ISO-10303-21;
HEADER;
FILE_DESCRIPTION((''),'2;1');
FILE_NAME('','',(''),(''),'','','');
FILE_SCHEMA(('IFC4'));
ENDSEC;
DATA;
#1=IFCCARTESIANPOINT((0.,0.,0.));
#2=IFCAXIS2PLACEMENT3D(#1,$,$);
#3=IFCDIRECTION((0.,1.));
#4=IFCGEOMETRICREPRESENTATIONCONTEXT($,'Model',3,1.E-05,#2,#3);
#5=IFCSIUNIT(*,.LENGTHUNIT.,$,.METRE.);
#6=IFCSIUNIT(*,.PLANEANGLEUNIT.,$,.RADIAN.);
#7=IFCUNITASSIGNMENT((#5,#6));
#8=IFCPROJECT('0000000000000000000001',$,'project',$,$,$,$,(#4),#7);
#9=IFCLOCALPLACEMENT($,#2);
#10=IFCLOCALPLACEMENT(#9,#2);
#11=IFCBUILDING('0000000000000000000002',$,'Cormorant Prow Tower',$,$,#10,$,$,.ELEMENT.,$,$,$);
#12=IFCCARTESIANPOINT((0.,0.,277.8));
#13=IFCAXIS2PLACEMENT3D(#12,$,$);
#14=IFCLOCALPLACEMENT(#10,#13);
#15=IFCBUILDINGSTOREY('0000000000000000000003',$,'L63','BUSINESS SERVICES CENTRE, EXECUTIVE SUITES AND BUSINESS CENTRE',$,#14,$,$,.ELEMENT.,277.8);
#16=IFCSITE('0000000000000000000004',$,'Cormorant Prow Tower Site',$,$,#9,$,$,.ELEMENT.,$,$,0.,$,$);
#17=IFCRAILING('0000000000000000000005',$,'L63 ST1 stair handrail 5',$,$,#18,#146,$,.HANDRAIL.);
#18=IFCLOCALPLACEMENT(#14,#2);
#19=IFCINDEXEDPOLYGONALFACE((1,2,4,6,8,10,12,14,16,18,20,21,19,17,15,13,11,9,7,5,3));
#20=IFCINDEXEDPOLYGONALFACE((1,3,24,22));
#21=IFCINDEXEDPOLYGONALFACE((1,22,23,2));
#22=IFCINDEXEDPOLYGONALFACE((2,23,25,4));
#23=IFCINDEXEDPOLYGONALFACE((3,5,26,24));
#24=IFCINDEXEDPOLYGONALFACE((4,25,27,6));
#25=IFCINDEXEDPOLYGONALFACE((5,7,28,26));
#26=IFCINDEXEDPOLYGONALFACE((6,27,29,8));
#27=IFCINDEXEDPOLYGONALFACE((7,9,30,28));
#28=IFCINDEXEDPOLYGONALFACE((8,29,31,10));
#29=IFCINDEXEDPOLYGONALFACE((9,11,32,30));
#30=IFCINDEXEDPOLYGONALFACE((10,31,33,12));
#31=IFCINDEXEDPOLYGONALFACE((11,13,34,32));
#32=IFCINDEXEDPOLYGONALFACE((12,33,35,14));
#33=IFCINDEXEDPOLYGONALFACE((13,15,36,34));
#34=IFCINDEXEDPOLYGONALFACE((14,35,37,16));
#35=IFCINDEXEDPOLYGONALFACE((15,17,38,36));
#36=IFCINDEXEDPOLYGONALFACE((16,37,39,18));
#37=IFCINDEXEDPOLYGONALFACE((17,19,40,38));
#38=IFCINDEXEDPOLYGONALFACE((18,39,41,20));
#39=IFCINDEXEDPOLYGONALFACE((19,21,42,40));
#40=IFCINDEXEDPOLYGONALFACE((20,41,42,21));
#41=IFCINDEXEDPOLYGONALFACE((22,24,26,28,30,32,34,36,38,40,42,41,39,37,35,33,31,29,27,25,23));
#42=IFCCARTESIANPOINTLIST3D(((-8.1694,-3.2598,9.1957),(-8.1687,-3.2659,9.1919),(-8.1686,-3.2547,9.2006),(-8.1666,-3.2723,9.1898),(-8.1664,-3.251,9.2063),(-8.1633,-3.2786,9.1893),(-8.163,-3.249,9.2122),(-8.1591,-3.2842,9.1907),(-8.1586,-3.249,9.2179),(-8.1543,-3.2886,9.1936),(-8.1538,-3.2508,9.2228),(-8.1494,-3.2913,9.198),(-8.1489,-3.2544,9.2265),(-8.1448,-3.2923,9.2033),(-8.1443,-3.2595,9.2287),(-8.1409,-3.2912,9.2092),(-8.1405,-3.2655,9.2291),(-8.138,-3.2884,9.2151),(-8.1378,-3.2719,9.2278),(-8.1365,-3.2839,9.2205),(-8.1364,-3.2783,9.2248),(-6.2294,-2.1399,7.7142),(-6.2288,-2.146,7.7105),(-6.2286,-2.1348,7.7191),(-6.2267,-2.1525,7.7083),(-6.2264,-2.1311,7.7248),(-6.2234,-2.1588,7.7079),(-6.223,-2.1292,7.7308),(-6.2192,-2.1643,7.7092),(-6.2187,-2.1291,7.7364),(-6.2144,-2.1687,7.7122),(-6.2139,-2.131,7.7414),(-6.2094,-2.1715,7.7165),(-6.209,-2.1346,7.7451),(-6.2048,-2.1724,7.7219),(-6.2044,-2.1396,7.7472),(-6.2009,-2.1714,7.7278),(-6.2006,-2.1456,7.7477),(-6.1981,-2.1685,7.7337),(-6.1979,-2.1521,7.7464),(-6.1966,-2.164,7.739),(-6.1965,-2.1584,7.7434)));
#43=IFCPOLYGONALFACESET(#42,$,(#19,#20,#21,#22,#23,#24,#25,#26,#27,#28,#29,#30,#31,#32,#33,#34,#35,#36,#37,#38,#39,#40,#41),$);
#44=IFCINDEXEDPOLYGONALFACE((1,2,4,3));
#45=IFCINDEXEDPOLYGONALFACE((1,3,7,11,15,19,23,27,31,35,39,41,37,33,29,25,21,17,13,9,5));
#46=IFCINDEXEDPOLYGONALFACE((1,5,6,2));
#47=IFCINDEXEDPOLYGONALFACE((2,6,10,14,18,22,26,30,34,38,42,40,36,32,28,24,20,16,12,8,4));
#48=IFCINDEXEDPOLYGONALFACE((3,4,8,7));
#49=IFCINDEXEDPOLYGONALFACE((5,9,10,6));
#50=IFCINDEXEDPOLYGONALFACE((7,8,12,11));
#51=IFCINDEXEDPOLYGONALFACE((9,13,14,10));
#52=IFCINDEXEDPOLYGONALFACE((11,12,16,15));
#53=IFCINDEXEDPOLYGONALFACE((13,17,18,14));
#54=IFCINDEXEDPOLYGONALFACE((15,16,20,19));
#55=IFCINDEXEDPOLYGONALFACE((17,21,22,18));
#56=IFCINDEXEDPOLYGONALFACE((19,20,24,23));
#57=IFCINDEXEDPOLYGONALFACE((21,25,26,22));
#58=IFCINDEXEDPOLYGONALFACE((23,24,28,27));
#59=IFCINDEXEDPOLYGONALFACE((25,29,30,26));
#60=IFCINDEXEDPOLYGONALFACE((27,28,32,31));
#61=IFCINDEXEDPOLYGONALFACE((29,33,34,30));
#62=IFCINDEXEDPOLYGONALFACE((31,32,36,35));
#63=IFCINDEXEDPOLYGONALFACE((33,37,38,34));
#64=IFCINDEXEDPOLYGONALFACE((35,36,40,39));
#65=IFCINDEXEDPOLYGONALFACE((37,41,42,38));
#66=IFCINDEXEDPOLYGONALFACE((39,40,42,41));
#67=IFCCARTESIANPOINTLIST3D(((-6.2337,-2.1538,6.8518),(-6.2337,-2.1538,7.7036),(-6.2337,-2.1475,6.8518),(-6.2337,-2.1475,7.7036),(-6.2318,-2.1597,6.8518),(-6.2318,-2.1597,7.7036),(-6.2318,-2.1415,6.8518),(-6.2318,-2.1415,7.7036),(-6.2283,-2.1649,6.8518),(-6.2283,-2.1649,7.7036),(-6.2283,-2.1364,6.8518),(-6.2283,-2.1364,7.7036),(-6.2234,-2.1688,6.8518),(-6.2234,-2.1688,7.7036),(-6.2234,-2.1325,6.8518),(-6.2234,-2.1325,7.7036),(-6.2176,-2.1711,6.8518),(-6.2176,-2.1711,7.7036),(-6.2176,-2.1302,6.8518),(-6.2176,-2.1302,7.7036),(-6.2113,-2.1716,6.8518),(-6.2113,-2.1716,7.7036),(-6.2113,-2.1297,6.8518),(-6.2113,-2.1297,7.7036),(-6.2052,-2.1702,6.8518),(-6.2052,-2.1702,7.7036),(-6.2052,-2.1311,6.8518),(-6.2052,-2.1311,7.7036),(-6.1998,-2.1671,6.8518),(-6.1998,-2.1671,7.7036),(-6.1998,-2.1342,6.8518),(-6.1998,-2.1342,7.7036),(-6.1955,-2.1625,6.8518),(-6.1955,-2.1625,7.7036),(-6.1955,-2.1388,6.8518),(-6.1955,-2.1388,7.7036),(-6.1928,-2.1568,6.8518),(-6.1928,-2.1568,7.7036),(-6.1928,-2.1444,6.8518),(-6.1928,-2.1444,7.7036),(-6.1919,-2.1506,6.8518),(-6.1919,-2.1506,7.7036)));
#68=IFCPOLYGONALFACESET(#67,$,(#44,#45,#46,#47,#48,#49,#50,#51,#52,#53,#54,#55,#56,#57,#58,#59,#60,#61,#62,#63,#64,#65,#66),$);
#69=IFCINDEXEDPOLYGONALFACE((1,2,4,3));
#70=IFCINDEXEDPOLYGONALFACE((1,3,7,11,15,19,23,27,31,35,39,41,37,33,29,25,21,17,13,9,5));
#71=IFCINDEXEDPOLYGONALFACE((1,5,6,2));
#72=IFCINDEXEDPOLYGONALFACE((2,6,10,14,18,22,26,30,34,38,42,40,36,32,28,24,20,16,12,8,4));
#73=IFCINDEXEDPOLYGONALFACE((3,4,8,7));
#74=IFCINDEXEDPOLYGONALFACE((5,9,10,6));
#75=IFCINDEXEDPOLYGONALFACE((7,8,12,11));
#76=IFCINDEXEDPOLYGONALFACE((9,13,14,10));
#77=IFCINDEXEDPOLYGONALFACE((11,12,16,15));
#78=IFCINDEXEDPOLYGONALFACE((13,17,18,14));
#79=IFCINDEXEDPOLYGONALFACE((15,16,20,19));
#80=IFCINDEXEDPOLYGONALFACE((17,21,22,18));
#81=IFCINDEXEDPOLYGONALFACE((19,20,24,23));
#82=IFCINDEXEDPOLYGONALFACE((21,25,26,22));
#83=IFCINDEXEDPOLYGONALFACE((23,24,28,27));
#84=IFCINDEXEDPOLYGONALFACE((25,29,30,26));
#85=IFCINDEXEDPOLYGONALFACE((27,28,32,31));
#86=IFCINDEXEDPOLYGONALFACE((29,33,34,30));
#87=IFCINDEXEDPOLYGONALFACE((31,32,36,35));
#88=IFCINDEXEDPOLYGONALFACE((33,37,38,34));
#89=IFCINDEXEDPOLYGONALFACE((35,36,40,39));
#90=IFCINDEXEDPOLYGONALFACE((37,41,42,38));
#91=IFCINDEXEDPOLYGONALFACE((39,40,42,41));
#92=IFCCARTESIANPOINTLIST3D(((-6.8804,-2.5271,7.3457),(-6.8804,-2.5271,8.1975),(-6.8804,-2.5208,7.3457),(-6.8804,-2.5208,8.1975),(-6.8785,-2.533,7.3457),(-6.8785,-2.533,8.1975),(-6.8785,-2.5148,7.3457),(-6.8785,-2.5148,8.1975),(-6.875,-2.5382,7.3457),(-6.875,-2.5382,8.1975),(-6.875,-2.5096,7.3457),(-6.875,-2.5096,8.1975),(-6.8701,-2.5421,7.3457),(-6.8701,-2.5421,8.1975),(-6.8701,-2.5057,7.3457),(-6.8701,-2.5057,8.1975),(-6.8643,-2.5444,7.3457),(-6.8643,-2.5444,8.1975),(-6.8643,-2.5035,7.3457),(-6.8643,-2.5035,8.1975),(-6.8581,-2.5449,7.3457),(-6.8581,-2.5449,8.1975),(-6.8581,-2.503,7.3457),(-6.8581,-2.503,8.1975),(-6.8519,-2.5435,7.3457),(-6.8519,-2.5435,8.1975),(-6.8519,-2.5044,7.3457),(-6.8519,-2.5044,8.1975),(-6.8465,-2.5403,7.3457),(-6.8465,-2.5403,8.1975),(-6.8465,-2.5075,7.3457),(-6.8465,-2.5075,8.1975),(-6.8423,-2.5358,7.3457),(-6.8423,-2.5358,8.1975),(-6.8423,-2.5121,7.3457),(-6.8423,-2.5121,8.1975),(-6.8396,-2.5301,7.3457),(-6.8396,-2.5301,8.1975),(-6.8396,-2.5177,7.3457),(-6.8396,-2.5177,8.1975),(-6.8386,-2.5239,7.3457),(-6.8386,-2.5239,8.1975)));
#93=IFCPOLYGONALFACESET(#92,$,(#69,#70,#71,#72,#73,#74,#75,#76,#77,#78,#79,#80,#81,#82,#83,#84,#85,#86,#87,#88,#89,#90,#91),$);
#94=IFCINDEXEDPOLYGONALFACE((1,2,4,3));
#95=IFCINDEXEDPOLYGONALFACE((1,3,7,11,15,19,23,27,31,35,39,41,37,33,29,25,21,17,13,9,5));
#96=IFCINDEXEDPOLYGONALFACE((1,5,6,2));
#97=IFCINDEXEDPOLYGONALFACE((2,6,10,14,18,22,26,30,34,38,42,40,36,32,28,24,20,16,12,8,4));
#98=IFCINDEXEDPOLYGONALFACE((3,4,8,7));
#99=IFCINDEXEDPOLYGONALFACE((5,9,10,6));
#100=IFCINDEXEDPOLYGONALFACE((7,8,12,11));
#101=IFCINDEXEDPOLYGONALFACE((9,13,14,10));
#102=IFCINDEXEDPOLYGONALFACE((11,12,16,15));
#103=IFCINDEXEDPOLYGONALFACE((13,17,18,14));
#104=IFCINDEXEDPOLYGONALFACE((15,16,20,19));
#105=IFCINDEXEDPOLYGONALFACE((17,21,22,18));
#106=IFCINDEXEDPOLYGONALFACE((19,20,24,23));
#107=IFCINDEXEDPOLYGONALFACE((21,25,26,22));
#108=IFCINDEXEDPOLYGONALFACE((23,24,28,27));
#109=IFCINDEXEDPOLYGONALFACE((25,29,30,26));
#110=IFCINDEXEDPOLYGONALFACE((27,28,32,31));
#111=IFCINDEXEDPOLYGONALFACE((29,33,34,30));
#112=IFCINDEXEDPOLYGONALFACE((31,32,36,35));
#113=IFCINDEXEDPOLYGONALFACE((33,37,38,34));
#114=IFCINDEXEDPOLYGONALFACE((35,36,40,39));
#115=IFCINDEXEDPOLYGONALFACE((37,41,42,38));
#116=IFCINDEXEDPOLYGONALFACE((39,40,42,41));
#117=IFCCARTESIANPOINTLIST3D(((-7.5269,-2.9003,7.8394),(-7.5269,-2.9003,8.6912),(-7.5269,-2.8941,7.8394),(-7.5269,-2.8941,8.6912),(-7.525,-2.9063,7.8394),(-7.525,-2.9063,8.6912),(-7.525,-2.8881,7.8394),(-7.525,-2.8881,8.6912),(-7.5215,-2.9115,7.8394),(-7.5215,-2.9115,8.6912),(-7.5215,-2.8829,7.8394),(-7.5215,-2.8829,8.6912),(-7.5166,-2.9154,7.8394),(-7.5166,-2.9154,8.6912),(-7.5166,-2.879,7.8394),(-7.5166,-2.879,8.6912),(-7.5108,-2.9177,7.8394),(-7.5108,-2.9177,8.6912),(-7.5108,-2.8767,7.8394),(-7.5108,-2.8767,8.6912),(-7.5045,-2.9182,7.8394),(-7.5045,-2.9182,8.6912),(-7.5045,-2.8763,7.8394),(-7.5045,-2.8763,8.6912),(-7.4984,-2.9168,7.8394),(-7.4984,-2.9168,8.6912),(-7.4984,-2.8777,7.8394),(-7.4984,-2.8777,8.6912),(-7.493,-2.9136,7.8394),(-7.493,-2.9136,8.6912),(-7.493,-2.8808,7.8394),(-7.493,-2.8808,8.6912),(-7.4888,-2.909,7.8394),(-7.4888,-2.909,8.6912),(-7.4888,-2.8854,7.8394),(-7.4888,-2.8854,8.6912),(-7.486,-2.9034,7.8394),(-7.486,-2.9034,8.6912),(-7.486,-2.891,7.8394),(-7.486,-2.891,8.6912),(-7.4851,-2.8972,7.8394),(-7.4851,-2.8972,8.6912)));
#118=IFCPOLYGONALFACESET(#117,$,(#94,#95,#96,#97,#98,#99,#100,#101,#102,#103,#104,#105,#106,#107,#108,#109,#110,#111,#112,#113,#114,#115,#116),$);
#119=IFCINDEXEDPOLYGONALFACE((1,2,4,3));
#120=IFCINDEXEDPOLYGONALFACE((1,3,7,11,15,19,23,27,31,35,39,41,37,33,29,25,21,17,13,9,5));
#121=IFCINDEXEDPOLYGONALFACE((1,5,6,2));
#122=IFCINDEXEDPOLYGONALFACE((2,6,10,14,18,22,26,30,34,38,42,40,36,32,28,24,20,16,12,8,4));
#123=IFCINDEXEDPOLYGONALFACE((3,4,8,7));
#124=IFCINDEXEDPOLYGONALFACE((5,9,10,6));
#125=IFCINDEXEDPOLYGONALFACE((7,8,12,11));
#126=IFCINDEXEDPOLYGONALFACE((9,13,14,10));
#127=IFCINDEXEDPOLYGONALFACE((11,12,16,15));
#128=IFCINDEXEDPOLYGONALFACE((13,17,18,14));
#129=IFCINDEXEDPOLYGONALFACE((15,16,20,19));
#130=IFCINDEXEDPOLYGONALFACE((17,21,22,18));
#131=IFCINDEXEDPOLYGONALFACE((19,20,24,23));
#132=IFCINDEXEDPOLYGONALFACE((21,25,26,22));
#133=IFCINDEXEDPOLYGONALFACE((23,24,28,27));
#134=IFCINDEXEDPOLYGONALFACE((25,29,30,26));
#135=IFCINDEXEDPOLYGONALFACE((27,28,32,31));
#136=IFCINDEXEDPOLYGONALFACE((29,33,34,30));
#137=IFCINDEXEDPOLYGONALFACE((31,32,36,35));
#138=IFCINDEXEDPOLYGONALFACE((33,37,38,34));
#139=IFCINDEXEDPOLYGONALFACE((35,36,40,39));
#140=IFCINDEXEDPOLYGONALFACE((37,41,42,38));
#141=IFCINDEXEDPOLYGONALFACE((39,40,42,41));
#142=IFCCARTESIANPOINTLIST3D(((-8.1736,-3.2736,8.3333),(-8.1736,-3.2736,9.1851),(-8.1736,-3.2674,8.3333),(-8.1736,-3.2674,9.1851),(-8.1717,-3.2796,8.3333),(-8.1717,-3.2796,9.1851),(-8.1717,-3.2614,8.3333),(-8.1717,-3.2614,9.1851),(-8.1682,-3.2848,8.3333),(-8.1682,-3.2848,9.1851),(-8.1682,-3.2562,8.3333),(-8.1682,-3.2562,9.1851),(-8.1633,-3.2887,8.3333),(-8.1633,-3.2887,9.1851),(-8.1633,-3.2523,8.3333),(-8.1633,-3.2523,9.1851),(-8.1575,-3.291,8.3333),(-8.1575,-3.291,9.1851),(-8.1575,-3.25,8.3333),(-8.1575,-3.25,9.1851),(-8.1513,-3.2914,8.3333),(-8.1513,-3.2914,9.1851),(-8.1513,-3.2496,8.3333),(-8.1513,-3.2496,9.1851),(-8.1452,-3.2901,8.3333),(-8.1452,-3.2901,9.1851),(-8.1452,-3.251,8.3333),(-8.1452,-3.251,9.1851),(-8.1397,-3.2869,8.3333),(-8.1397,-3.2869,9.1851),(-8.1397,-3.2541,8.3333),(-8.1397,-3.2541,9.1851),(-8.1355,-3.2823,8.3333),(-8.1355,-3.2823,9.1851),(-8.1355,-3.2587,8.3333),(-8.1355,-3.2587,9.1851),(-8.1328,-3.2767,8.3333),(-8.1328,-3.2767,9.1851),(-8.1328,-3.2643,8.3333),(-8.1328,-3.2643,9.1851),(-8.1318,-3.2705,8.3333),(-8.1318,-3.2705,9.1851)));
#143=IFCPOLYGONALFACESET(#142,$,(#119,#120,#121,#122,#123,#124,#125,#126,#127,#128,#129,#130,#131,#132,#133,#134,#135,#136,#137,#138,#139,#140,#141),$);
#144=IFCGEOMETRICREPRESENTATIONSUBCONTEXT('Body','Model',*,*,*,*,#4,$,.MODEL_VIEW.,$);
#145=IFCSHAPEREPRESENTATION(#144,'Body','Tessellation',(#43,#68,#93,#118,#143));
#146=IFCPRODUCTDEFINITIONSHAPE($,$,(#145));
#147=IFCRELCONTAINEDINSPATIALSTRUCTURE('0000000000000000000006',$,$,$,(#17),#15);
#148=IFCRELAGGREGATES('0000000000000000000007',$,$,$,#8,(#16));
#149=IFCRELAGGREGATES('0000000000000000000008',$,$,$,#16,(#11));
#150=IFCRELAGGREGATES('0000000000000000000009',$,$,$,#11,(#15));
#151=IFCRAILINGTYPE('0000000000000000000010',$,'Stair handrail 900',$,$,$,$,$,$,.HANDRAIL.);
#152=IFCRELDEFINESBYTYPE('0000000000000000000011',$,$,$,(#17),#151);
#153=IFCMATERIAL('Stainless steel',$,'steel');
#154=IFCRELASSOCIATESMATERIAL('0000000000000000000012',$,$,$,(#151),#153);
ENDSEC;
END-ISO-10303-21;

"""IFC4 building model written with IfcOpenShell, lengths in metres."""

from ifc_helpers import new_model, si_unit, direction, frame, origin, origin_2d, place, context, subcontext, project, spatial, circle, extrude, material, type_object, element, save


model = new_model("IFC4")

# Units and contexts
model_context = context("Model", 3, precision=1e-05, world=origin(), true_north=direction((0.0, 1.0)))
body_context = subcontext(model_context, "Body", "Model", "MODEL_VIEW")
ifc_project = project(units=[si_unit("LENGTHUNIT", "METRE"), si_unit("PLANEANGLEUNIT", "RADIAN")], contexts=[model_context])

# Site, building, storey
site_placement = place(None, origin())
site = spatial("IfcSite", under=ifc_project, at=site_placement, Name="Cormorant Prow Tower Site", CompositionType="ELEMENT", RefElevation=0.0)
building_placement = place(site_placement, origin())
building = spatial("IfcBuilding", under=site, at=building_placement, Name="Cormorant Prow Tower", CompositionType="ELEMENT")
storey_placement = place(building_placement, frame((0.0, 0.0, 277.8)))
storey = spatial("IfcBuildingStorey", under=building, at=storey_placement, Name="L63", Description="BUSINESS SERVICES CENTRE, EXECUTIVE SUITES AND BUSINESS CENTRE", CompositionType="ELEMENT", Elevation=277.8)

# Railing
ifc_material_1 = material(Name="Stainless steel", Category="steel")
railing_type = type_object("IfcRailingType", Name="Stair handrail 900", PredefinedType="HANDRAIL", material=ifc_material_1)
for number, where, name in (
    (1, (-6.2129, -2.1506, 6.8518), "L63 ST1 stair handrail 5"),
):
    element("IfcRailing", number, at=place(storey_placement, frame(where)), inside=storey, type_object=railing_type, Name=name, PredefinedType="HANDRAIL", context=body_context, shape_type="SweptSolid", body=[
        extrude(circle(Radius=0.0239, at=origin_2d()), frame((0.0, 0.0, 0.876), z_axis=(-0.722363, -0.417, 0.551636), x_axis=(0.499949, -0.866055, 0.0)), (0.0, 0.0, 1.0), 2.6855),
        extrude(circle(Radius=0.021, at=origin_2d()), origin(), (0.0, 0.0, 1.0), 0.8518),
        extrude(circle(Radius=0.021, at=origin_2d()), frame((-0.6467, -0.3733, 0.4939)), (0.0, 0.0, 1.0), 0.8518),
        extrude(circle(Radius=0.021, at=origin_2d()), frame((-1.2932, -0.7466, 0.9875)), (0.0, 0.0, 1.0), 0.8518),
        extrude(circle(Radius=0.021, at=origin_2d()), frame((-1.9399, -1.1199, 1.4814)), (0.0, 0.0, 1.0), 0.8518),
    ])

save(model, "model.ifc")
